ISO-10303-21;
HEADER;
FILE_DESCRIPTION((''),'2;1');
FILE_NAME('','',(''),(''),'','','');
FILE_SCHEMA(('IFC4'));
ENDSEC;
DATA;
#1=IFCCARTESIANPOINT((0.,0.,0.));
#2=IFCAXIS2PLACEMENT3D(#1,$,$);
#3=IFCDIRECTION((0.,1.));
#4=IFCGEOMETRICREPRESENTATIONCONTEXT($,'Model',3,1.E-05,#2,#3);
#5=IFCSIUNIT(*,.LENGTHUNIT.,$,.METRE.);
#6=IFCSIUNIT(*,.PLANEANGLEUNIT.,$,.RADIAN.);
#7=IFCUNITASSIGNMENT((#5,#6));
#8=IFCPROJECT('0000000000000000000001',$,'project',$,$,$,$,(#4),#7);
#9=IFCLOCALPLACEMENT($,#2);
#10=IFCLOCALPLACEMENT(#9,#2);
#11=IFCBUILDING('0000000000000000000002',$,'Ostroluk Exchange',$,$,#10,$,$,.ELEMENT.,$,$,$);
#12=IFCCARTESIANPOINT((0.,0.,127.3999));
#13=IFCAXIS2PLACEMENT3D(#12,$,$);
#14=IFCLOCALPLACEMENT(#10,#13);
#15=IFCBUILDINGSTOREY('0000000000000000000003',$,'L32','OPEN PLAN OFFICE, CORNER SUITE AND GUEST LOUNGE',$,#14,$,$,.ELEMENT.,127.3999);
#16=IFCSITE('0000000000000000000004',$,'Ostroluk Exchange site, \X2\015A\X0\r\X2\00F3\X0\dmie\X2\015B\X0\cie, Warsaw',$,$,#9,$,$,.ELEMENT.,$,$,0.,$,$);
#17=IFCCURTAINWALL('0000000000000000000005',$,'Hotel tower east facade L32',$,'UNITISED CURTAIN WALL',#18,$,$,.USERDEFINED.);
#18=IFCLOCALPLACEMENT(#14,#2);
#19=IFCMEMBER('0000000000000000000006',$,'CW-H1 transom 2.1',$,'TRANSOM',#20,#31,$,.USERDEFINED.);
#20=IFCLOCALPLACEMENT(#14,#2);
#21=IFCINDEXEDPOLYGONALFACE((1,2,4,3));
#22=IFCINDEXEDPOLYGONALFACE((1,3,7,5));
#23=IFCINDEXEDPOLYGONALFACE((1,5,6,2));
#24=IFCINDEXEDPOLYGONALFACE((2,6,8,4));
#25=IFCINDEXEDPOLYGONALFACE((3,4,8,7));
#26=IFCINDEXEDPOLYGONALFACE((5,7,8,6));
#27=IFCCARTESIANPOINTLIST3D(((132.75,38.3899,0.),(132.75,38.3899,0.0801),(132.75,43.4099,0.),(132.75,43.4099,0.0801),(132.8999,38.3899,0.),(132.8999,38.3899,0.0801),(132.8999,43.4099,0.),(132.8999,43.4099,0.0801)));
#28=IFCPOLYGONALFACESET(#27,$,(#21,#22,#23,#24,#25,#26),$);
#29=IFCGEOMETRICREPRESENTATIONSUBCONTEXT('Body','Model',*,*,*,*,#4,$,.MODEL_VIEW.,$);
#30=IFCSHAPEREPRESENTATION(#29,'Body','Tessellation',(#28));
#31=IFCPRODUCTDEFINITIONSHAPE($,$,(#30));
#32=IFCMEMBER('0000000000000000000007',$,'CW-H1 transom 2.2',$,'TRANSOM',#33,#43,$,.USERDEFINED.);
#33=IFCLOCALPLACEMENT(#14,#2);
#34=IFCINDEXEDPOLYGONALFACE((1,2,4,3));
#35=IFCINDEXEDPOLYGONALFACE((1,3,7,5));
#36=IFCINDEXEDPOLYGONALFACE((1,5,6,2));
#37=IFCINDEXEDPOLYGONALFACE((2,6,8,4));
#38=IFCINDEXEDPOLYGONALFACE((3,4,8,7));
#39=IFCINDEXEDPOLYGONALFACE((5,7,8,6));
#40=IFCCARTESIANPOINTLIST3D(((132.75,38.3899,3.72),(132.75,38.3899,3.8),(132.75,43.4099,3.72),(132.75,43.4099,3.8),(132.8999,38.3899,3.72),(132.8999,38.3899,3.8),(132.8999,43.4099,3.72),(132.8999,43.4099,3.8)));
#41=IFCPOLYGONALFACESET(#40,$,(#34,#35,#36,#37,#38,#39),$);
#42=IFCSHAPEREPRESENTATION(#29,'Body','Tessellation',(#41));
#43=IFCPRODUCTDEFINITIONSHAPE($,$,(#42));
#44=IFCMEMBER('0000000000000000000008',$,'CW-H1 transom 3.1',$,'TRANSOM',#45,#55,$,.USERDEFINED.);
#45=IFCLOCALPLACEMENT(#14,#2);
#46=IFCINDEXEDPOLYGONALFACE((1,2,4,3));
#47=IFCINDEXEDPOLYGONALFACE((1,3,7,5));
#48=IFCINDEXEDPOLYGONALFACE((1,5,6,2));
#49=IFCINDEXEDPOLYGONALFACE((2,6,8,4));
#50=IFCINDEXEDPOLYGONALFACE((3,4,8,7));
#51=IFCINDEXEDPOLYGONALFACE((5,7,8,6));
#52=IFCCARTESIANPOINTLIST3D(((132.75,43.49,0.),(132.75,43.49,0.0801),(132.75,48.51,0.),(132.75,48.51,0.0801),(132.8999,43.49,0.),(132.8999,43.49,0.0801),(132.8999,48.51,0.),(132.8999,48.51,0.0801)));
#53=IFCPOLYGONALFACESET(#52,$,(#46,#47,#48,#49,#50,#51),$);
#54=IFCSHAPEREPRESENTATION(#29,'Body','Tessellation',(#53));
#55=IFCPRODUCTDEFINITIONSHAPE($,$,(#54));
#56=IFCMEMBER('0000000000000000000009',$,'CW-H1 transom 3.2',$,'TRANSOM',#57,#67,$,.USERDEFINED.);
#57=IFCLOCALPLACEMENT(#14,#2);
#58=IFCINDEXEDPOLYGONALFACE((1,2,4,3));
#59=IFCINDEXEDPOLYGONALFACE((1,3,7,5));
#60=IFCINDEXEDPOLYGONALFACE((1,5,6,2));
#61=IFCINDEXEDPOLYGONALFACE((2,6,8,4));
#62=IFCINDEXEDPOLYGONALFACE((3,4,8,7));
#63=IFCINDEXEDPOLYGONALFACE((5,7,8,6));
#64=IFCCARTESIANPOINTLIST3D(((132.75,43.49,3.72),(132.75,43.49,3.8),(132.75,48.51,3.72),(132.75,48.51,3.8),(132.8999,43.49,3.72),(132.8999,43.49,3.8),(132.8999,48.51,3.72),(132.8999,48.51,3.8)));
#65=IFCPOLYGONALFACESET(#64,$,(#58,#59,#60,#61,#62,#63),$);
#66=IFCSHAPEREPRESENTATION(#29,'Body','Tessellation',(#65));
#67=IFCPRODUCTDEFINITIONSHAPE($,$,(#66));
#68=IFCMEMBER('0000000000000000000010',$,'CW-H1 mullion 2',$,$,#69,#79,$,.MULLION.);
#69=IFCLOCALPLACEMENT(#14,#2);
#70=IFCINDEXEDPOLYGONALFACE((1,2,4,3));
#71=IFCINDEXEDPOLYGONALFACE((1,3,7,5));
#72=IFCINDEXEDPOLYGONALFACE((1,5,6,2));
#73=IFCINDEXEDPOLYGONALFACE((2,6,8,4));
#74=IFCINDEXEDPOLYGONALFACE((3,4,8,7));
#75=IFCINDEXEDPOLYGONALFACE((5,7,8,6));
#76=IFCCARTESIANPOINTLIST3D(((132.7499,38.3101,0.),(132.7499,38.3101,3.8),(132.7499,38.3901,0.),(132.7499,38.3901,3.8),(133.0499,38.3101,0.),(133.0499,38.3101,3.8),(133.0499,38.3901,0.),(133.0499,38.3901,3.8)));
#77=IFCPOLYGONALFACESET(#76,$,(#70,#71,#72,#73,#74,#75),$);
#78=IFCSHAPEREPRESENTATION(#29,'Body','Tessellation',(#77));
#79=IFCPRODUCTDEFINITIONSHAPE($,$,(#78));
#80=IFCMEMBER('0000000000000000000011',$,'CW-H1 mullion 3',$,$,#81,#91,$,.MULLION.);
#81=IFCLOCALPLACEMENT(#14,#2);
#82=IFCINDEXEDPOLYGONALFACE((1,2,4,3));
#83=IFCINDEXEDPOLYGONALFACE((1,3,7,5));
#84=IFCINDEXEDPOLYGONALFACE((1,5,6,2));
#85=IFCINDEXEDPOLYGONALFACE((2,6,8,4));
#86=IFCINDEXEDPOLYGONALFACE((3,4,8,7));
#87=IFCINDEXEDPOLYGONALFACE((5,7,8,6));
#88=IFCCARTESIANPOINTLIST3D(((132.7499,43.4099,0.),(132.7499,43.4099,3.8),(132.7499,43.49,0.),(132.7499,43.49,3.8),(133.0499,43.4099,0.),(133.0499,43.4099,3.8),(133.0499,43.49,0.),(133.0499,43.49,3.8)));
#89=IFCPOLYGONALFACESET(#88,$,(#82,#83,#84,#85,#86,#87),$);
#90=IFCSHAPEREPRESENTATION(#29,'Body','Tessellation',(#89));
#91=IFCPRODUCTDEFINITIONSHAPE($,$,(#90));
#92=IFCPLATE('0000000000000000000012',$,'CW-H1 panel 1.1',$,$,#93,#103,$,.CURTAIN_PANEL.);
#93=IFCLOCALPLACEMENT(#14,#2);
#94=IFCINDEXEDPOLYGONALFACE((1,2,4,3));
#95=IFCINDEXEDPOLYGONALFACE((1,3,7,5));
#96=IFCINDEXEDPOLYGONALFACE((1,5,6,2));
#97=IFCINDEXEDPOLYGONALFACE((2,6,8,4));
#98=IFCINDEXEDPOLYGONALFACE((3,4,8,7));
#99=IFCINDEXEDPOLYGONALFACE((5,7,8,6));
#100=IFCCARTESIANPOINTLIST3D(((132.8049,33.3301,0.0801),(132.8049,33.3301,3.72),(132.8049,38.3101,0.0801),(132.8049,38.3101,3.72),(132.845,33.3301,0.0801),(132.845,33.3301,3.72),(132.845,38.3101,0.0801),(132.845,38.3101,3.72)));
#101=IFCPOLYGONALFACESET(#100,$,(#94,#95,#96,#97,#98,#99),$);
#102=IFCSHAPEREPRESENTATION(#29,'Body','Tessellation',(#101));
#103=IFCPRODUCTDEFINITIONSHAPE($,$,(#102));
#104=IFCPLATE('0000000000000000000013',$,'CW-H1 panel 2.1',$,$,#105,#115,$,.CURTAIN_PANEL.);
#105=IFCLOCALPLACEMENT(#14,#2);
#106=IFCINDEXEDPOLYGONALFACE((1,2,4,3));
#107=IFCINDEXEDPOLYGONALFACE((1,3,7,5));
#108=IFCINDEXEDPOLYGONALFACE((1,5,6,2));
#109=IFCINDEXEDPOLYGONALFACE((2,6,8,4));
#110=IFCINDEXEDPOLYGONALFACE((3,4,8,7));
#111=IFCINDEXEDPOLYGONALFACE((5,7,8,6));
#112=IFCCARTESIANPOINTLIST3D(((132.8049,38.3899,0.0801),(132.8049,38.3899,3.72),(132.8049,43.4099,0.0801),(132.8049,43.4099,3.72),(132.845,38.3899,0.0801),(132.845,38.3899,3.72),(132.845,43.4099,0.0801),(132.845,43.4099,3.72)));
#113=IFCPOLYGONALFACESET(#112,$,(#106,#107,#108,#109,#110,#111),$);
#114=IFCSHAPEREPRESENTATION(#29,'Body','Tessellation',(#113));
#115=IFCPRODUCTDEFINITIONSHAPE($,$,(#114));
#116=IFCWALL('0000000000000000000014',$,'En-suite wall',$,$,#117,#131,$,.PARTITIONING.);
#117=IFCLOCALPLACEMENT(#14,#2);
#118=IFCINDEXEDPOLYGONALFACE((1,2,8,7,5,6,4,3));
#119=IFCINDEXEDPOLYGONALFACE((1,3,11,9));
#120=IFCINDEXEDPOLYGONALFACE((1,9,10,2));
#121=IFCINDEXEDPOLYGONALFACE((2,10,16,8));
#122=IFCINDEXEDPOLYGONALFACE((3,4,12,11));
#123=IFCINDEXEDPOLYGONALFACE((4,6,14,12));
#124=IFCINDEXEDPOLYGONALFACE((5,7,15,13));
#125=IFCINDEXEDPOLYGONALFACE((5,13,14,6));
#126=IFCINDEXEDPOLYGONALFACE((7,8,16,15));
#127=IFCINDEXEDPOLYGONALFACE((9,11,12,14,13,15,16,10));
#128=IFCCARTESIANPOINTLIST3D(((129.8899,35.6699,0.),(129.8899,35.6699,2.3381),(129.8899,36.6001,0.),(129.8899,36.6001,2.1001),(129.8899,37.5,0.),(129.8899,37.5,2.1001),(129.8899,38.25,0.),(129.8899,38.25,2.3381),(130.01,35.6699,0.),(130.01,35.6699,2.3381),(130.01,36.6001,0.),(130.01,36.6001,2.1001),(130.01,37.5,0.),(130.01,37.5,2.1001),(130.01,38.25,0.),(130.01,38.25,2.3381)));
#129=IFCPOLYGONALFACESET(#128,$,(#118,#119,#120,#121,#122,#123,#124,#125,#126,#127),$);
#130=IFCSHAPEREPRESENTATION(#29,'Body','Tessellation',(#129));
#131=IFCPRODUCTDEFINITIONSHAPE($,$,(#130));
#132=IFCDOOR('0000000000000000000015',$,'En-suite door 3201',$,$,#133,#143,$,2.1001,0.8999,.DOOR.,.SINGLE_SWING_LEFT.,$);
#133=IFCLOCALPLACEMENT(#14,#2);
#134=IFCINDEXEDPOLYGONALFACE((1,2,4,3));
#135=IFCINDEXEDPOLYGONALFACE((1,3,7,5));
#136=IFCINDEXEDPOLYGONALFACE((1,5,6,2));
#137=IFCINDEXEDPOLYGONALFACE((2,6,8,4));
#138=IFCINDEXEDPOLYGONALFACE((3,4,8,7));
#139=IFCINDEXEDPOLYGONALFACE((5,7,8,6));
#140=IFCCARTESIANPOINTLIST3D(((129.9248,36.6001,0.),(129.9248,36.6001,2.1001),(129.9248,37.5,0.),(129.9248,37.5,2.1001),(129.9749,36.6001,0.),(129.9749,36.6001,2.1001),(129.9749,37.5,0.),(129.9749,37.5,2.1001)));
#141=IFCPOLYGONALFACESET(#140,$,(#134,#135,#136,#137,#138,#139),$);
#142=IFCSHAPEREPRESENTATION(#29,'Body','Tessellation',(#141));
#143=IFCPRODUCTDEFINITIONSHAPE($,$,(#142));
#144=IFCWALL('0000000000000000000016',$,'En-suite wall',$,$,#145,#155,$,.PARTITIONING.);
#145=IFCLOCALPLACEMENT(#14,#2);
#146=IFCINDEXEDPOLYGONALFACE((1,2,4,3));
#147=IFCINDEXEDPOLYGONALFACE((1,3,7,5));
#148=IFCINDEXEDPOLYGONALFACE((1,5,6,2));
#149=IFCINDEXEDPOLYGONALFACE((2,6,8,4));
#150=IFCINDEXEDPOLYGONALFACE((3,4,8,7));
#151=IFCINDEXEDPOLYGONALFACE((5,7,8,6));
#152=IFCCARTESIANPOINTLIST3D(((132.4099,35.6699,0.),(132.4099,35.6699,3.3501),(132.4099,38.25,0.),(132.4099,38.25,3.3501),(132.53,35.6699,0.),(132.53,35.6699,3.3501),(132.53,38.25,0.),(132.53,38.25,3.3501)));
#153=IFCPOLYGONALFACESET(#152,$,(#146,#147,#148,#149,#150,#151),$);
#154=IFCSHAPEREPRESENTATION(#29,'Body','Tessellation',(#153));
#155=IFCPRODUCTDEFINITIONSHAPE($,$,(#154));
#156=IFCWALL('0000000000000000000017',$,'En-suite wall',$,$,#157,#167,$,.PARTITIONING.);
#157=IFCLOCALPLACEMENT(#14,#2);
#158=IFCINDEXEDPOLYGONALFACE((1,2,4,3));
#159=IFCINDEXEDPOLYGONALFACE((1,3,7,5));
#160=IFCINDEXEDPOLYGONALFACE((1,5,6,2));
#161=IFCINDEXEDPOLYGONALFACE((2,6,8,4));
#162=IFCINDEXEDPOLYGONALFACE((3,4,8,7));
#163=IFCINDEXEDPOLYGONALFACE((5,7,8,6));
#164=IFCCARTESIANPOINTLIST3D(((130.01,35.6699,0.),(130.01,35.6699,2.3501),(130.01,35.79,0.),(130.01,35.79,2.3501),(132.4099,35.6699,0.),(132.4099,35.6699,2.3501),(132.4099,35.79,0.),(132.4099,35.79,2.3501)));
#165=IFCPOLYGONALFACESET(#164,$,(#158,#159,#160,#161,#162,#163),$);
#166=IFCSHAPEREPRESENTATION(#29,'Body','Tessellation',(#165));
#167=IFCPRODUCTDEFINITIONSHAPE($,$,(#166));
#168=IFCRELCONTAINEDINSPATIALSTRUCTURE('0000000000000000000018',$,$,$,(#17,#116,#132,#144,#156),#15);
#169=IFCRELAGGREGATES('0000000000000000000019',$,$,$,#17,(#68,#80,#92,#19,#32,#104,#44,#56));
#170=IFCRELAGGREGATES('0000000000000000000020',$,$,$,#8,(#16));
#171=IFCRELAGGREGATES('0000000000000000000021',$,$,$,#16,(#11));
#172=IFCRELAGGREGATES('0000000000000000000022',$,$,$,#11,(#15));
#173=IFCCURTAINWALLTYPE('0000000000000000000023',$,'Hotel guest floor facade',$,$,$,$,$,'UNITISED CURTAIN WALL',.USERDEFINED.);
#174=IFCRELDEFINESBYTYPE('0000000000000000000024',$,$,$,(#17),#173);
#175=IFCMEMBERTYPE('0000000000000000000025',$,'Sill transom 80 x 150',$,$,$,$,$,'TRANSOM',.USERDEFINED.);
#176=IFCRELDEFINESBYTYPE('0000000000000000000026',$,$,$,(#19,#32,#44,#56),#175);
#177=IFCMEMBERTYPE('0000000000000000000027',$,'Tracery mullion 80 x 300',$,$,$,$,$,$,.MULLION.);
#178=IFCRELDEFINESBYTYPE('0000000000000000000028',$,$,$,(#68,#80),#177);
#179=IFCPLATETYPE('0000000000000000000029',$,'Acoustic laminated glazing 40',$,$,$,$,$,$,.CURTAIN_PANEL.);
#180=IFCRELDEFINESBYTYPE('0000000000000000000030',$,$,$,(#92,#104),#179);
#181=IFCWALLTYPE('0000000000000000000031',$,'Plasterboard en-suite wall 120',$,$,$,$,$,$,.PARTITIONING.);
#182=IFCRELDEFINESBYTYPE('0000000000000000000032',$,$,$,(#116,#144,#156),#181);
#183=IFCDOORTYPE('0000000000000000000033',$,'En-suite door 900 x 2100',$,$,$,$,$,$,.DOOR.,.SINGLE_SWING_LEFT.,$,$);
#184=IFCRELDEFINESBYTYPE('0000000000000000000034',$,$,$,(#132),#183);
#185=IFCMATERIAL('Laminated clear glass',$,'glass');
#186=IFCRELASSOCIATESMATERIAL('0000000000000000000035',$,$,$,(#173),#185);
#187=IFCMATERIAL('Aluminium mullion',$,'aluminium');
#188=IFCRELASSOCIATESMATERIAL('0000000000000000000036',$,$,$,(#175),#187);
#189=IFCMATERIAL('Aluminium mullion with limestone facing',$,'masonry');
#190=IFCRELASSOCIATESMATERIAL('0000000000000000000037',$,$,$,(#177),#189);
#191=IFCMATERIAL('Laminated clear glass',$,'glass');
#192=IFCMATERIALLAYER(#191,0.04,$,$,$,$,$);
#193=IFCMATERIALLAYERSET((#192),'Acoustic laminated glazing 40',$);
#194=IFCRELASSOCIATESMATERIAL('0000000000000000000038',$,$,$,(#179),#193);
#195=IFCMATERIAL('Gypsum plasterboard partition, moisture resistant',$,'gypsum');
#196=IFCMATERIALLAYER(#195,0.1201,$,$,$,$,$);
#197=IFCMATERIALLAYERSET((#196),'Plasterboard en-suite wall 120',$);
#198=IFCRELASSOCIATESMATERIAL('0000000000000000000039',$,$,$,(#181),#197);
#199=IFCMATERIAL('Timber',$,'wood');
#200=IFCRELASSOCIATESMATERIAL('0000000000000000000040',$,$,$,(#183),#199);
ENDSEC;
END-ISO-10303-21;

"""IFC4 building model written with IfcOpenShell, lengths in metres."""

from ifc_helpers import new_model, si_unit, direction, frame, frame_2d, origin, origin_2d, place, context, subcontext, project, spatial, rectangle, extrude, material, layer, layer_set, material_profile, profile_set, type_object, element, fill, aggregate, save


model = new_model("IFC4")

# Units and contexts
model_context = context("Model", 3, precision=1e-05, world=origin(), true_north=direction((0.0, 1.0)))
body_context = subcontext(model_context, "Body", "Model", "MODEL_VIEW")
ifc_project = project(units=[si_unit("LENGTHUNIT", "METRE"), si_unit("PLANEANGLEUNIT", "RADIAN")], contexts=[model_context])

# Site, building, storey
site_placement = place(None, origin())
site = spatial("IfcSite", under=ifc_project, at=site_placement, Name="Ostroluk Exchange site, Śródmieście, Warsaw", CompositionType="ELEMENT", RefElevation=0.0)
building_placement = place(site_placement, origin())
building = spatial("IfcBuilding", under=site, at=building_placement, Name="Ostroluk Exchange", CompositionType="ELEMENT")
storey_placement = place(building_placement, frame((0.0, 0.0, 127.3999)))
storey = spatial("IfcBuildingStorey", under=building, at=storey_placement, Name="L32", Description="OPEN PLAN OFFICE, CORNER SUITE AND GUEST LOUNGE", CompositionType="ELEMENT", Elevation=127.3999)

# Curtain wall, members, plates
ifc_material_1 = material(Name="Laminated clear glass", Category="glass")
curtain_wall_type = type_object("IfcCurtainWallType", Name="Hotel guest floor facade", ElementType="UNITISED CURTAIN WALL", PredefinedType="USERDEFINED", material=ifc_material_1)
curtain_wall_placement = place(storey_placement, origin())
curtain_wall = element("IfcCurtainWall", 1, at=curtain_wall_placement, inside=storey, type_object=curtain_wall_type, Name="Hotel tower east facade L32", ObjectType="UNITISED CURTAIN WALL", PredefinedType="USERDEFINED")
ifc_material_2 = material(Name="Aluminium mullion", Category="aluminium")
ifc_material_profile_1 = material_profile(ifc_material_2, rectangle(XDim=0.1499, YDim=0.0801, at=origin_2d()), Name="Sill transom 80 x 150")
ifc_profile_set_1 = profile_set([ifc_material_profile_1], Name="Aluminium mullion")
member_type_1 = type_object("IfcMemberType", Name="Sill transom 80 x 150", ElementType="TRANSOM", PredefinedType="USERDEFINED", material=ifc_profile_set_1)
member_1_placement = place(storey_placement, frame((132.825, 38.3899, 0.04), z_axis=(0.0, 1.0, 0.0), x_axis=(-1.0, 0.0, 0.0)))
member_1 = element("IfcMember", 2, at=member_1_placement, type_object=member_type_1, Name="CW-H1 transom 2.1", ObjectType="TRANSOM", PredefinedType="USERDEFINED", context=body_context, shape_type="SweptSolid", body=[
    extrude(rectangle(XDim=0.1499, YDim=0.0801, at=origin_2d()), origin(), (0.0, 0.0, 1.0), 5.02),
])
member_2_placement = place(storey_placement, frame((132.825, 38.3899, 3.76), z_axis=(0.0, 1.0, 0.0), x_axis=(-1.0, 0.0, 0.0)))
member_2 = element("IfcMember", 3, at=member_2_placement, type_object=member_type_1, Name="CW-H1 transom 2.2", ObjectType="TRANSOM", PredefinedType="USERDEFINED", context=body_context, shape_type="SweptSolid", body=[
    extrude(rectangle(XDim=0.1499, YDim=0.0801, at=origin_2d()), origin(), (0.0, 0.0, 1.0), 5.02),
])
member_3_placement = place(storey_placement, frame((132.825, 43.49, 0.04), z_axis=(0.0, 1.0, 0.0), x_axis=(-1.0, 0.0, 0.0)))
member_3 = element("IfcMember", 4, at=member_3_placement, type_object=member_type_1, Name="CW-H1 transom 3.1", ObjectType="TRANSOM", PredefinedType="USERDEFINED", context=body_context, shape_type="SweptSolid", body=[
    extrude(rectangle(XDim=0.1499, YDim=0.0801, at=origin_2d()), origin(), (0.0, 0.0, 1.0), 5.02),
])
member_4_placement = place(storey_placement, frame((132.825, 43.49, 3.76), z_axis=(0.0, 1.0, 0.0), x_axis=(-1.0, 0.0, 0.0)))
member_4 = element("IfcMember", 5, at=member_4_placement, type_object=member_type_1, Name="CW-H1 transom 3.2", ObjectType="TRANSOM", PredefinedType="USERDEFINED", context=body_context, shape_type="SweptSolid", body=[
    extrude(rectangle(XDim=0.1499, YDim=0.0801, at=origin_2d()), origin(), (0.0, 0.0, 1.0), 5.02),
])
ifc_material_3 = material(Name="Aluminium mullion with limestone facing", Category="masonry")
ifc_material_profile_2 = material_profile(ifc_material_3, rectangle(XDim=0.3, YDim=0.0801, at=origin_2d()), Name="Tracery mullion 80 x 300")
ifc_profile_set_2 = profile_set([ifc_material_profile_2], Name="Aluminium mullion with limestone facing")
member_type_2 = type_object("IfcMemberType", Name="Tracery mullion 80 x 300", PredefinedType="MULLION", material=ifc_profile_set_2)
member_5_placement = place(storey_placement, frame((132.8999, 38.3501, 0.0), z_axis=(0.0, 0.0, 1.0), x_axis=(-1.0, 0.0, 0.0)))
member_5 = element("IfcMember", 6, at=member_5_placement, type_object=member_type_2, Name="CW-H1 mullion 2", PredefinedType="MULLION", context=body_context, shape_type="SweptSolid", body=[
    extrude(rectangle(XDim=0.3, YDim=0.0801, at=origin_2d()), origin(), (0.0, 0.0, 1.0), 3.8),
])
member_6_placement = place(storey_placement, frame((132.8999, 43.45, 0.0), z_axis=(0.0, 0.0, 1.0), x_axis=(-1.0, 0.0, 0.0)))
member_6 = element("IfcMember", 7, at=member_6_placement, type_object=member_type_2, Name="CW-H1 mullion 3", PredefinedType="MULLION", context=body_context, shape_type="SweptSolid", body=[
    extrude(rectangle(XDim=0.3, YDim=0.0801, at=origin_2d()), origin(), (0.0, 0.0, 1.0), 3.8),
])
ifc_material_4 = material(Name="Laminated clear glass", Category="glass")
ifc_layer_1 = layer(ifc_material_4, 0.04)
ifc_layer_set_1 = layer_set([ifc_layer_1], Name="Acoustic laminated glazing 40")
plate_type = type_object("IfcPlateType", Name="Acoustic laminated glazing 40", PredefinedType="CURTAIN_PANEL", material=ifc_layer_set_1)
plate_1_placement = place(storey_placement, frame((132.825, 35.8201, 0.0801), z_axis=(0.0, 0.0, 1.0), x_axis=(0.0, 1.0, 0.0)))
plate_1 = element("IfcPlate", 8, at=plate_1_placement, type_object=plate_type, Name="CW-H1 panel 1.1", PredefinedType="CURTAIN_PANEL", context=body_context, shape_type="SweptSolid", body=[
    extrude(rectangle(XDim=4.98, YDim=0.04, at=origin_2d()), origin(), (0.0, 0.0, 1.0), 3.6399),
])
plate_2_placement = place(storey_placement, frame((132.825, 40.8999, 0.0801), z_axis=(0.0, 0.0, 1.0), x_axis=(0.0, 1.0, 0.0)))
plate_2 = element("IfcPlate", 9, at=plate_2_placement, type_object=plate_type, Name="CW-H1 panel 2.1", PredefinedType="CURTAIN_PANEL", context=body_context, shape_type="SweptSolid", body=[
    extrude(rectangle(XDim=5.02, YDim=0.04, at=origin_2d()), origin(), (0.0, 0.0, 1.0), 3.6399),
])
aggregate(curtain_wall, [member_5, member_6, plate_1, member_1, member_2, plate_2, member_3, member_4])

# Wall, opening, door
ifc_material_5 = material(Name="Gypsum plasterboard partition, moisture resistant", Category="gypsum")
ifc_layer_2 = layer(ifc_material_5, 0.1201)
ifc_layer_set_2 = layer_set([ifc_layer_2], Name="Plasterboard en-suite wall 120")
wall_type_1 = type_object("IfcWallType", Name="Plasterboard en-suite wall 120", PredefinedType="PARTITIONING", material=ifc_layer_set_2)
wall_1_placement = place(storey_placement, frame((129.95, 38.25, 0.0), z_axis=(0.0, 0.0, 1.0), x_axis=(0.0, -1.0, 0.0)))
wall_1 = element("IfcWall", 10, at=wall_1_placement, inside=storey, type_object=wall_type_1, Name="En-suite wall", PredefinedType="PARTITIONING", context=body_context, shape_type="SweptSolid", body=[
    extrude(rectangle(XDim=2.5801, YDim=0.1201, at=frame_2d((1.29, 0.0))), origin(), (0.0, 0.0, 1.0), 2.3381),
])
opening_1_placement = place(wall_1_placement, frame((0.75, 0.0, 0.0)))
opening_1 = element("IfcOpeningElement", 11, at=opening_1_placement, cuts=wall_1, PredefinedType="OPENING", context=body_context, shape_type="SweptSolid", body=[
    extrude(rectangle(XDim=0.8999, YDim=2.1001, at=frame_2d((0.45, 1.05))), frame((0.0, 0.0701, 0.0), z_axis=(0.0, -1.0, 0.0), x_axis=(1.0, 0.0, 0.0)), (0.0, 0.0, 1.0), 0.1401),
])
ifc_material_6 = material(Name="Timber", Category="wood")
door_type_1 = type_object("IfcDoorType", Name="En-suite door 900 x 2100", OperationType="SINGLE_SWING_LEFT", PredefinedType="DOOR", material=ifc_material_6)
door_1_placement = place(opening_1_placement, origin())
door_1 = element("IfcDoor", 12, at=door_1_placement, inside=storey, type_object=door_type_1, Name="En-suite door 3201", OperationType="SINGLE_SWING_LEFT", OverallHeight=2.1001, OverallWidth=0.8999, PredefinedType="DOOR", context=body_context, shape_type="SweptSolid", body=[
    extrude(rectangle(XDim=0.8999, YDim=2.1001, at=frame_2d((0.45, 1.05))), frame((0.0, 0.0249, 0.0), z_axis=(0.0, -1.0, 0.0), x_axis=(1.0, 0.0, 0.0)), (0.0, 0.0, 1.0), 0.05),
])
fill(opening_1, door_1)

# Walls
wall_2_placement = place(storey_placement, frame((132.47, 38.25, 0.0), z_axis=(0.0, 0.0, 1.0), x_axis=(0.0, -1.0, 0.0)))
element("IfcWall", 13, at=wall_2_placement, inside=storey, type_object=wall_type_1, Name="En-suite wall", PredefinedType="PARTITIONING", context=body_context, shape_type="SweptSolid", body=[
    extrude(rectangle(XDim=2.5801, YDim=0.1201, at=frame_2d((1.29, 0.0))), origin(), (0.0, 0.0, 1.0), 3.3501),
])
wall_3_placement = place(storey_placement, frame((130.01, 35.73, 0.0), z_axis=(0.0, 0.0, 1.0), x_axis=(1.0, 0.0, 0.0)))
element("IfcWall", 14, at=wall_3_placement, inside=storey, type_object=wall_type_1, Name="En-suite wall", PredefinedType="PARTITIONING", context=body_context, shape_type="SweptSolid", body=[
    extrude(rectangle(XDim=2.3999, YDim=0.1201, at=frame_2d((1.2, 0.0))), origin(), (0.0, 0.0, 1.0), 2.3501),
])

save(model, "model.ifc")
